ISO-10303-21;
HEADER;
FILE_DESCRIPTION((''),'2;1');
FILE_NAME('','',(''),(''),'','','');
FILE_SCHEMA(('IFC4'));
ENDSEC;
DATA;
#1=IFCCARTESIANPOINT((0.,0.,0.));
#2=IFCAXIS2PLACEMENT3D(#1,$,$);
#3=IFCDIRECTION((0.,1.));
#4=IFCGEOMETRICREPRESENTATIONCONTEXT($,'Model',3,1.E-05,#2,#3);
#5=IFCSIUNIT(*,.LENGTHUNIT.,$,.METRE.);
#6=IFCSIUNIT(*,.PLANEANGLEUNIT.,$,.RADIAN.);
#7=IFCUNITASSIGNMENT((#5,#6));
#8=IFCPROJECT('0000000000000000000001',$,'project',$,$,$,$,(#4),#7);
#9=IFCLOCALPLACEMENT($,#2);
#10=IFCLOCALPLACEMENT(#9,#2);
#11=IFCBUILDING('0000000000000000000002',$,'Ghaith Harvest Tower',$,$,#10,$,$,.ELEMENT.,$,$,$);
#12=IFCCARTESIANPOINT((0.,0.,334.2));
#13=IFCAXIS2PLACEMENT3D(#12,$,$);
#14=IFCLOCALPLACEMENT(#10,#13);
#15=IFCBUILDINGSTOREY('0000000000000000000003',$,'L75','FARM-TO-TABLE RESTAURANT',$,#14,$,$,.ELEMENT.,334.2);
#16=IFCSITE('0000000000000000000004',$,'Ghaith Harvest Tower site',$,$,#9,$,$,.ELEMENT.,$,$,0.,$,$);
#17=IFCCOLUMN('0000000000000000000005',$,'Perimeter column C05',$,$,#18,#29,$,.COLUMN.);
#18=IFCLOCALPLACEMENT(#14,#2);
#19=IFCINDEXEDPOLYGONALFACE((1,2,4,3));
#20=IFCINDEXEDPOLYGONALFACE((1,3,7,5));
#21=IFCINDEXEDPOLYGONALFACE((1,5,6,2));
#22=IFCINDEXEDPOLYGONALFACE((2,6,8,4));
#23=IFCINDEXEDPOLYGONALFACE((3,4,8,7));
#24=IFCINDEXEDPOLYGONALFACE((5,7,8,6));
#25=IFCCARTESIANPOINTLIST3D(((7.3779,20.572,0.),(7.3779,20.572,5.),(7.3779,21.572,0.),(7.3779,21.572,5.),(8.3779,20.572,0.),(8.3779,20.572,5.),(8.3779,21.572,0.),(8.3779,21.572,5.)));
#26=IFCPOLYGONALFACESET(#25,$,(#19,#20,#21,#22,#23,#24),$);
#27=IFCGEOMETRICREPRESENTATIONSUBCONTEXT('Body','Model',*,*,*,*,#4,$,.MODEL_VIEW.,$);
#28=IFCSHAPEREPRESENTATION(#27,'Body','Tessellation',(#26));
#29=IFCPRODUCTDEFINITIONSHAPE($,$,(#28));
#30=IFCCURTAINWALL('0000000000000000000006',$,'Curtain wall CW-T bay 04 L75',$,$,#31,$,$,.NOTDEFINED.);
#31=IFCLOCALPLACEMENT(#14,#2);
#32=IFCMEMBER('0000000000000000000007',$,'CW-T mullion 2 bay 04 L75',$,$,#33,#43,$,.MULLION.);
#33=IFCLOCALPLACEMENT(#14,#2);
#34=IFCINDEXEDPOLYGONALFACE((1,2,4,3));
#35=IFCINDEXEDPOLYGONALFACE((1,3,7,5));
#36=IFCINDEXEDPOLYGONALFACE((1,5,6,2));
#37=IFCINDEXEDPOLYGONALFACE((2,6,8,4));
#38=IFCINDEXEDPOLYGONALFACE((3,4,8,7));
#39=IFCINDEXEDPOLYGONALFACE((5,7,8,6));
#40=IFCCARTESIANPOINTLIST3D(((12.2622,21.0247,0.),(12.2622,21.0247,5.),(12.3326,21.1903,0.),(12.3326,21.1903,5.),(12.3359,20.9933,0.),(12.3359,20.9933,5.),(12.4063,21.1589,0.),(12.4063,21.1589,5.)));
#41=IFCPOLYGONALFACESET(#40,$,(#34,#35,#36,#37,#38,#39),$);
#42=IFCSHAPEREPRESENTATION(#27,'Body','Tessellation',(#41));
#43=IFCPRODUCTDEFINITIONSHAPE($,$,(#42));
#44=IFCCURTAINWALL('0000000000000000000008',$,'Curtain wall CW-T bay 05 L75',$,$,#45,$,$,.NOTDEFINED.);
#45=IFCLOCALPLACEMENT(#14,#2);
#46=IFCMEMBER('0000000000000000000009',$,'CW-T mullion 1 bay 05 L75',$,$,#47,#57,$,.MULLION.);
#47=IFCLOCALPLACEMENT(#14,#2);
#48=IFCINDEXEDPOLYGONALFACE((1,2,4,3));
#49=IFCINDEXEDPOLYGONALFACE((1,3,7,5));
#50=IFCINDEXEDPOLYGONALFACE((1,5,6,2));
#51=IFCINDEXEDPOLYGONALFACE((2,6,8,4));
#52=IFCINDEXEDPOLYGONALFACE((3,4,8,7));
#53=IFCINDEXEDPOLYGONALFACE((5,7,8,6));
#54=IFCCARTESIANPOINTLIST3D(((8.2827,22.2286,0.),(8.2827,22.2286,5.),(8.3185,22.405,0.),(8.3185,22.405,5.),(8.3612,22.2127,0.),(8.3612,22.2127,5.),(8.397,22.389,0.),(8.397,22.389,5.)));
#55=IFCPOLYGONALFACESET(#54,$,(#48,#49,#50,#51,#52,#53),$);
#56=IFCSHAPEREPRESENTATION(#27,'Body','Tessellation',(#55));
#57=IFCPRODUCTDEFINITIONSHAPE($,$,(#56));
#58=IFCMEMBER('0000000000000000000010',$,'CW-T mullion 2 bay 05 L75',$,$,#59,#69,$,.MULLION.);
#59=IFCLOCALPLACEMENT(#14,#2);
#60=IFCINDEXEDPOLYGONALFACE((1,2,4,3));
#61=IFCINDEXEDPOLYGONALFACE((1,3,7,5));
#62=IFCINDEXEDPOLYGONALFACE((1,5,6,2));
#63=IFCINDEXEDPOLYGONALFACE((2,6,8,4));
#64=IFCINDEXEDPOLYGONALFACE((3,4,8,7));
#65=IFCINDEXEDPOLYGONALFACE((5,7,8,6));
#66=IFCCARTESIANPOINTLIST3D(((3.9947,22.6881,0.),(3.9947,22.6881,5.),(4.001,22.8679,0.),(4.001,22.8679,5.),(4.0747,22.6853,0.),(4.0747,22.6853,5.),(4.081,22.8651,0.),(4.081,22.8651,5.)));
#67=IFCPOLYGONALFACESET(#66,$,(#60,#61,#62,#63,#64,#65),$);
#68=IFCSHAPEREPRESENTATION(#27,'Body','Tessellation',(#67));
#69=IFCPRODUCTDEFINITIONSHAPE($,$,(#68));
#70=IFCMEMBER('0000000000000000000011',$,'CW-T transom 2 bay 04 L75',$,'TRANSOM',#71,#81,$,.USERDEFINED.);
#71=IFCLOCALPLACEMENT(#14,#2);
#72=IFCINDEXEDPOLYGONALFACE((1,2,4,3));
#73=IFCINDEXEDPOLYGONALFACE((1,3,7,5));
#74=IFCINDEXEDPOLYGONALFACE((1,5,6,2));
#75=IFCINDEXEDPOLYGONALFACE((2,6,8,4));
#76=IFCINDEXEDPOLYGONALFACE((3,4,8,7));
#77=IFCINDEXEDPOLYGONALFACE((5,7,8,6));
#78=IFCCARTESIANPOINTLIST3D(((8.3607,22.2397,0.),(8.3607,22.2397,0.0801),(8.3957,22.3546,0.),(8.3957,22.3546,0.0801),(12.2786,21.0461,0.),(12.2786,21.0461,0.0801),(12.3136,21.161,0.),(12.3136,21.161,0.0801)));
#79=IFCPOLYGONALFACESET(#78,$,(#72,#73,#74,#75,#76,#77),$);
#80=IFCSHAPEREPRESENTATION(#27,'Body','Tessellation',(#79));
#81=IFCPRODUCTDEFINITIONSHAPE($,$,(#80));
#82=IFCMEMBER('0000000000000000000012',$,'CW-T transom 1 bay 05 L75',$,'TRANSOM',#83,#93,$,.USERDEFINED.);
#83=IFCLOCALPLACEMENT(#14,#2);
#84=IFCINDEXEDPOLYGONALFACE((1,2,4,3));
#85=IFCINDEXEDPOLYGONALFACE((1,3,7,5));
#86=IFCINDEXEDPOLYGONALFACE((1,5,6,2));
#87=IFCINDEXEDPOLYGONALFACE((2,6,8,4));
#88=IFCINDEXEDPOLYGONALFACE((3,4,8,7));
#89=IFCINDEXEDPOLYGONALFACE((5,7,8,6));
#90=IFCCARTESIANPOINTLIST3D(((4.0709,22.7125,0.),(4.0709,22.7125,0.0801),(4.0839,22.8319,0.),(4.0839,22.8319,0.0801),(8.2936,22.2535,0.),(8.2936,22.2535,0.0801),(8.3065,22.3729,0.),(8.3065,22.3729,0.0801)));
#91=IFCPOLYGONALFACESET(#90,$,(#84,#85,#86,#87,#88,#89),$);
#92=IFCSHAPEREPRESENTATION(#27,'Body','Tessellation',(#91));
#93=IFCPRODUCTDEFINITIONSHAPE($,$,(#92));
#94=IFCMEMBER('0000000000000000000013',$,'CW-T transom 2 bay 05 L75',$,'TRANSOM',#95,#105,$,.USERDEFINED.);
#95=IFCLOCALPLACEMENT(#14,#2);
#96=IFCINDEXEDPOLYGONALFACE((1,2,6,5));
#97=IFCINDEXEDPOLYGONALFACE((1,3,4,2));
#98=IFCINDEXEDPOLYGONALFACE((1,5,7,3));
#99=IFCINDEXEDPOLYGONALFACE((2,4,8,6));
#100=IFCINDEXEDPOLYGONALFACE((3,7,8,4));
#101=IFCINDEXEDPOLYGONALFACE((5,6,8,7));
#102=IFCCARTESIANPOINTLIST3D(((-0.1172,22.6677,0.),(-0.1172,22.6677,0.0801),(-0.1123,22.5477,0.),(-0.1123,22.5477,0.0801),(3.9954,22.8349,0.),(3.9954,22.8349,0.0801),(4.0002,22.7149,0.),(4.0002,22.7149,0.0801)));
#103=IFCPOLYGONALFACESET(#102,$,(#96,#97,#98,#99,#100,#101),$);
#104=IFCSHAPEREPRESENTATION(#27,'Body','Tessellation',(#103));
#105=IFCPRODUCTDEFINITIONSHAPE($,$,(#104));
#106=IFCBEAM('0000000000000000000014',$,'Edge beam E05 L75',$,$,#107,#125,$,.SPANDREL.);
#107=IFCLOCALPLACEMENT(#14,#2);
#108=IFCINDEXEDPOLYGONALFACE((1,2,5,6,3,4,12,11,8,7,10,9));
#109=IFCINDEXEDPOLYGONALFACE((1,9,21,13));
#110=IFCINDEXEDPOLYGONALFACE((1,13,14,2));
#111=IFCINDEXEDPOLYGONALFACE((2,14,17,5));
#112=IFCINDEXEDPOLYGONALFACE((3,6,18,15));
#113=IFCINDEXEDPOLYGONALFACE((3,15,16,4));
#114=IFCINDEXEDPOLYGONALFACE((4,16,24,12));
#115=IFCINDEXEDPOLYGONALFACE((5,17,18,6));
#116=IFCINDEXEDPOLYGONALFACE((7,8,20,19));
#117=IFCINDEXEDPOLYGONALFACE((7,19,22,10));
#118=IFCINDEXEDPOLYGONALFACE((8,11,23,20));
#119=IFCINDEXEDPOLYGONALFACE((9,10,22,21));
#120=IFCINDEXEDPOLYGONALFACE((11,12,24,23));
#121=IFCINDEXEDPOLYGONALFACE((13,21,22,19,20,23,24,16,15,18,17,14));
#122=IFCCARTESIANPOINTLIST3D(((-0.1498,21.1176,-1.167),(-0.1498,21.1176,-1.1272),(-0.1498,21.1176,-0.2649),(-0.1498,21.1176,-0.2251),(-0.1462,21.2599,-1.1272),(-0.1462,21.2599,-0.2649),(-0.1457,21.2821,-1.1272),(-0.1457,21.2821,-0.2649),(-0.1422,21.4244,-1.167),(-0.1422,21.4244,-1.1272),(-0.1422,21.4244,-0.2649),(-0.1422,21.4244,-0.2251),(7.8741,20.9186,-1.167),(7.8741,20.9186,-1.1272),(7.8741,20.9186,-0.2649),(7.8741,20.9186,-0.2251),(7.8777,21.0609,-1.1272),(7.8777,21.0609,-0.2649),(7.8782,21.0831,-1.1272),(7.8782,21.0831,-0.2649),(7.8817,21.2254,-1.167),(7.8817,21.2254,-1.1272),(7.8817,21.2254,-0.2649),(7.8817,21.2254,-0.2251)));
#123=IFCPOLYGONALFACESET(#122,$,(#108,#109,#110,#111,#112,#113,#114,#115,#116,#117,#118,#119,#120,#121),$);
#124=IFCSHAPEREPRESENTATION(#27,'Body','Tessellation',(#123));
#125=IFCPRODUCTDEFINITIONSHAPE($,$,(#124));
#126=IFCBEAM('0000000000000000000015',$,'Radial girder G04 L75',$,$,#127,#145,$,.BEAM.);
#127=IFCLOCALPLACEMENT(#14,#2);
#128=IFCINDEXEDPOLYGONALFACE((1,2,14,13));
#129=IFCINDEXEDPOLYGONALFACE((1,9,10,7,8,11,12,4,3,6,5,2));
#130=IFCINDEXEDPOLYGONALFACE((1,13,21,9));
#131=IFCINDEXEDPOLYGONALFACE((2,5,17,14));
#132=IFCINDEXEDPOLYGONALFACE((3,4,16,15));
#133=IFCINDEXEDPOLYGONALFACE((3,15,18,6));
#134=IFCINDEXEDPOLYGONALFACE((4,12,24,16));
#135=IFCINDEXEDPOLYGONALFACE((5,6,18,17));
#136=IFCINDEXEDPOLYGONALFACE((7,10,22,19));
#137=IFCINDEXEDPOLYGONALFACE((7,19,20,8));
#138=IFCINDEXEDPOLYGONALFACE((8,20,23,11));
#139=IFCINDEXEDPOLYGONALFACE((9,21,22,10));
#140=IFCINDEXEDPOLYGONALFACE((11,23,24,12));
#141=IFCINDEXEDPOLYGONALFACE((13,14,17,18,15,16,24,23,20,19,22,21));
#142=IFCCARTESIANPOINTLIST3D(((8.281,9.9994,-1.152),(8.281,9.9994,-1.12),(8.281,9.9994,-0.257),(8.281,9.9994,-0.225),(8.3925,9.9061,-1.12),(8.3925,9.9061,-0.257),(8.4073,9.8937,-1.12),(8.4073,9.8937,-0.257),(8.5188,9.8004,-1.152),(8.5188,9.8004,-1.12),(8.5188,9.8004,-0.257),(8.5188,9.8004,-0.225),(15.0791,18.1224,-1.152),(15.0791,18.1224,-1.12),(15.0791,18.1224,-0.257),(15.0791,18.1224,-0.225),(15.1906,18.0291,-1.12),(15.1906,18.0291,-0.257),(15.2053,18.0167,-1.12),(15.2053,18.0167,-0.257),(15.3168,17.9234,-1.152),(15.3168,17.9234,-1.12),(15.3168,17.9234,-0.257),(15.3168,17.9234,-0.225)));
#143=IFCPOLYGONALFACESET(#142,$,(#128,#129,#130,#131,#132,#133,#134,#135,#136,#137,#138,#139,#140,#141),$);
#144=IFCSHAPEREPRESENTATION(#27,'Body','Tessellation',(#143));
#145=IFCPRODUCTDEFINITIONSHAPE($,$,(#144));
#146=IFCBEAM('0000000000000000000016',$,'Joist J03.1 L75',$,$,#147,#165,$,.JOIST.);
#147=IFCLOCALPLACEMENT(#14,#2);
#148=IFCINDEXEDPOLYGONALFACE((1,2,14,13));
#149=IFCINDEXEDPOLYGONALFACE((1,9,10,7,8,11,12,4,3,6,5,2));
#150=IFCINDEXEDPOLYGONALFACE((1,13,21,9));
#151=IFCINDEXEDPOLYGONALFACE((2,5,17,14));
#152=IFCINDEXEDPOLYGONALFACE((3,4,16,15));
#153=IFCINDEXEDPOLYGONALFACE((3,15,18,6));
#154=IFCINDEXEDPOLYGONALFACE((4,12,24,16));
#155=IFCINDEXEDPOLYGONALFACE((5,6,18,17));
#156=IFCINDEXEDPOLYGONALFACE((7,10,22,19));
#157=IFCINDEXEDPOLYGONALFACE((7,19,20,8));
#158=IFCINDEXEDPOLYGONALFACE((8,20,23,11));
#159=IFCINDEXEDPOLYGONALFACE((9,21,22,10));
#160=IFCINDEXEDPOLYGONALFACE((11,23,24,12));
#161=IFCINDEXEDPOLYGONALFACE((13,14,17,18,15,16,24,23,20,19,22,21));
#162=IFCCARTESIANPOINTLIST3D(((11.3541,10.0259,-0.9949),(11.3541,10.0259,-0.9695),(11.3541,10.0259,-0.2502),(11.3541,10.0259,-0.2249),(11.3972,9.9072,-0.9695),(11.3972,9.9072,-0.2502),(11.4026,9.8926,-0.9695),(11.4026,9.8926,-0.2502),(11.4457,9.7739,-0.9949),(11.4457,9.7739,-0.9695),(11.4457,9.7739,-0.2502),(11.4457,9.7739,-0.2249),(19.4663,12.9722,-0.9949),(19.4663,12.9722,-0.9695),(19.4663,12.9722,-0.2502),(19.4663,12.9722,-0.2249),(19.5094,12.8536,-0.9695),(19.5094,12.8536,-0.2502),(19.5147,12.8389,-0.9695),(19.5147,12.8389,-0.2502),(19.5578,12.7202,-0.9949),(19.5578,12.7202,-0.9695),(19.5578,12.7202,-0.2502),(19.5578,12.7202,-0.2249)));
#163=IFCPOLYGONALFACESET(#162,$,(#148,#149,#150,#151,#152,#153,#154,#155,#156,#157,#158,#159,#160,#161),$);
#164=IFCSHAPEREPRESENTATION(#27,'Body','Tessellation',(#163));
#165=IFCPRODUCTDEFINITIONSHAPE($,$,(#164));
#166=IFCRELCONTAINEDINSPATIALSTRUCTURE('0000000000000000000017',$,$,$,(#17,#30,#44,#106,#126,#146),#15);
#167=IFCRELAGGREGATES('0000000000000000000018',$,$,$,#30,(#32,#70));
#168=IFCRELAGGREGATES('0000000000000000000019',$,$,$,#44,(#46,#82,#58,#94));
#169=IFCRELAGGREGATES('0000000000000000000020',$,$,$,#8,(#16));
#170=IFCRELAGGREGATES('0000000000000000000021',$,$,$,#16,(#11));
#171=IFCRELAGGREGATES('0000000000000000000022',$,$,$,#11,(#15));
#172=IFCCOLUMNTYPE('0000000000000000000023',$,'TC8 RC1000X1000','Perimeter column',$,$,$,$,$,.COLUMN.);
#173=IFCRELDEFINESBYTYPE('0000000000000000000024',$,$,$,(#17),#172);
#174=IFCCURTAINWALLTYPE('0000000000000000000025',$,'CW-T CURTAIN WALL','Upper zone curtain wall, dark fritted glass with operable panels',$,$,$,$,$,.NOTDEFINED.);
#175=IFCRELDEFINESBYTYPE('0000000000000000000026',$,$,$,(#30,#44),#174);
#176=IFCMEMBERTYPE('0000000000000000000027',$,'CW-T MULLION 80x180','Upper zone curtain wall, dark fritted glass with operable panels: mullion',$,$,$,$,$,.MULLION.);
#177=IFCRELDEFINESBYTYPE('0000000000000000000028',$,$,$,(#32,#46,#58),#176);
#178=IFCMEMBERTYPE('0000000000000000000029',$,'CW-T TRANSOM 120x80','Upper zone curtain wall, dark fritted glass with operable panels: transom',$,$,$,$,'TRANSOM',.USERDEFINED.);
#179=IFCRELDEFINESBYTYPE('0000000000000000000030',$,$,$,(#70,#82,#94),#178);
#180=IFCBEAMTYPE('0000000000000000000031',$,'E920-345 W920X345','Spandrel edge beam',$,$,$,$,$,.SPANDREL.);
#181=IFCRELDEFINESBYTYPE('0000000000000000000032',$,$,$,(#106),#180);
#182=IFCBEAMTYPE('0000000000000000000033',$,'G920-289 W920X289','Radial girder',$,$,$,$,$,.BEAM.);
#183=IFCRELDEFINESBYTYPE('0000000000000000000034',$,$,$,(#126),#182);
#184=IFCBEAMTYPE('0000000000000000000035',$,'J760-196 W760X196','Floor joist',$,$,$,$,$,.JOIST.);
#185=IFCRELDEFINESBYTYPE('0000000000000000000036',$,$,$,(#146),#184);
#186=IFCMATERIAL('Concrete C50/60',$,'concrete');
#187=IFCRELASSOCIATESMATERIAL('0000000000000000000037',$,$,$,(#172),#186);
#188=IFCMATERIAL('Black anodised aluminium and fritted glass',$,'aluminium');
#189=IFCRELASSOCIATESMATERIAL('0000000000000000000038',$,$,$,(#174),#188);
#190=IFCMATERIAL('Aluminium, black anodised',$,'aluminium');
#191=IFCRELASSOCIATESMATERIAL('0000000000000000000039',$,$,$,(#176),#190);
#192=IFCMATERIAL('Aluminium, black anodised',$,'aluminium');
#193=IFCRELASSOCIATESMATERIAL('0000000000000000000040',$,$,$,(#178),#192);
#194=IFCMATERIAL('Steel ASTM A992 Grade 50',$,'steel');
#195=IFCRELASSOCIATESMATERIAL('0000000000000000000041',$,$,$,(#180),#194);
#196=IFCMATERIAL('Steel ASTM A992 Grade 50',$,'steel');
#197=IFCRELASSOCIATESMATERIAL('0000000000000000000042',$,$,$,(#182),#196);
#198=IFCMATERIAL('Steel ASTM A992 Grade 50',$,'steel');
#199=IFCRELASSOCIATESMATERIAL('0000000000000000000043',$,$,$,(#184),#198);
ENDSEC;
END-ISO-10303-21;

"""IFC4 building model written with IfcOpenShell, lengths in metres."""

from ifc_helpers import new_model, si_unit, direction, frame, origin, origin_2d, place, context, subcontext, project, spatial, rectangle, i_section, extrude, material, material_profile, profile_set, type_object, element, aggregate, save


model = new_model("IFC4")

# Units and contexts
model_context = context("Model", 3, precision=1e-05, world=origin(), true_north=direction((0.0, 1.0)))
body_context = subcontext(model_context, "Body", "Model", "MODEL_VIEW")
ifc_project = project(units=[si_unit("LENGTHUNIT", "METRE"), si_unit("PLANEANGLEUNIT", "RADIAN")], contexts=[model_context])

# Site, building, storey
site_placement = place(None, origin())
site = spatial("IfcSite", under=ifc_project, at=site_placement, Name="Ghaith Harvest Tower site", CompositionType="ELEMENT", RefElevation=0.0)
building_placement = place(site_placement, origin())
building = spatial("IfcBuilding", under=site, at=building_placement, Name="Ghaith Harvest Tower", CompositionType="ELEMENT")
storey_placement = place(building_placement, frame((0.0, 0.0, 334.2)))
storey = spatial("IfcBuildingStorey", under=building, at=storey_placement, Name="L75", Description="FARM-TO-TABLE RESTAURANT", CompositionType="ELEMENT", Elevation=334.2)

# Column
ifc_material_1 = material(Name="Concrete C50/60", Category="concrete")
ifc_material_profile_1 = material_profile(ifc_material_1, rectangle(XDim=1.0, YDim=1.0, at=origin_2d()), Name="RC1000X1000")
ifc_profile_set_1 = profile_set([ifc_material_profile_1], Name="Concrete C50/60")
column_type = type_object("IfcColumnType", Name="TC8 RC1000X1000", Description="Perimeter column", PredefinedType="COLUMN", material=ifc_profile_set_1)
column_placement = place(storey_placement, frame((7.8779, 21.072, 0.0), z_axis=(0.0, 0.0, 1.0), x_axis=(1.0, 0.0, 0.0)))
element("IfcColumn", 1, at=column_placement, inside=storey, type_object=column_type, Name="Perimeter column C05", PredefinedType="COLUMN", context=body_context, shape_type="SweptSolid", body=[
    extrude(rectangle(XDim=1.0, YDim=1.0, at=origin_2d()), origin(), (0.0, 0.0, 1.0), 5.0),
])

# Curtain wall, member
ifc_material_2 = material(Name="Black anodised aluminium and fritted glass", Category="aluminium")
curtain_wall_type = type_object("IfcCurtainWallType", Name="CW-T CURTAIN WALL", Description="Upper zone curtain wall, dark fritted glass with operable panels", PredefinedType="NOTDEFINED", material=ifc_material_2)
curtain_wall_1_placement = place(storey_placement, origin())
curtain_wall_1 = element("IfcCurtainWall", 2, at=curtain_wall_1_placement, inside=storey, type_object=curtain_wall_type, Name="Curtain wall CW-T bay 04 L75", PredefinedType="NOTDEFINED")
ifc_material_3 = material(Name="Aluminium, black anodised", Category="aluminium")
ifc_material_profile_2 = material_profile(ifc_material_3, rectangle(XDim=0.0801, YDim=0.1799, at=origin_2d()), Name="CW-T MULLION 80x180")
ifc_profile_set_2 = profile_set([ifc_material_profile_2], Name="Aluminium, black anodised")
member_type_1 = type_object("IfcMemberType", Name="CW-T MULLION 80x180", Description="Upper zone curtain wall, dark fritted glass with operable panels: mullion", PredefinedType="MULLION", material=ifc_profile_set_2)
member_1_placement = place(storey_placement, frame((12.3342, 21.0918, 0.0), z_axis=(0.0, 0.0, 1.0), x_axis=(-0.920319, 0.391168, 0.0)))
member_1 = element("IfcMember", 3, at=member_1_placement, type_object=member_type_1, Name="CW-T mullion 2 bay 04 L75", PredefinedType="MULLION", context=body_context, shape_type="SweptSolid", body=[
    extrude(rectangle(XDim=0.0801, YDim=0.1799, at=origin_2d()), origin(), (0.0, 0.0, 1.0), 5.0),
])

# Curtain wall, members
curtain_wall_2_placement = place(storey_placement, origin())
curtain_wall_2 = element("IfcCurtainWall", 4, at=curtain_wall_2_placement, inside=storey, type_object=curtain_wall_type, Name="Curtain wall CW-T bay 05 L75", PredefinedType="NOTDEFINED")
member_2_placement = place(storey_placement, frame((8.3398, 22.3088, 0.0), z_axis=(0.0, 0.0, 1.0), x_axis=(-0.98, 0.198997, 0.0)))
member_2 = element("IfcMember", 5, at=member_2_placement, type_object=member_type_1, Name="CW-T mullion 1 bay 05 L75", PredefinedType="MULLION", context=body_context, shape_type="SweptSolid", body=[
    extrude(rectangle(XDim=0.0801, YDim=0.1799, at=origin_2d()), origin(), (0.0, 0.0, 1.0), 5.0),
])
member_3_placement = place(storey_placement, frame((4.0378, 22.7766, 0.0), z_axis=(0.0, 0.0, 1.0), x_axis=(-0.999389, 0.034962, 0.0)))
member_3 = element("IfcMember", 6, at=member_3_placement, type_object=member_type_1, Name="CW-T mullion 2 bay 05 L75", PredefinedType="MULLION", context=body_context, shape_type="SweptSolid", body=[
    extrude(rectangle(XDim=0.0801, YDim=0.1799, at=origin_2d()), origin(), (0.0, 0.0, 1.0), 5.0),
])

# Members
ifc_material_4 = material(Name="Aluminium, black anodised", Category="aluminium")
ifc_material_profile_3 = material_profile(ifc_material_4, rectangle(XDim=0.1201, YDim=0.0801, at=origin_2d()), Name="CW-T TRANSOM 120x80")
ifc_profile_set_3 = profile_set([ifc_material_profile_3], Name="Aluminium, black anodised")
member_type_2 = type_object("IfcMemberType", Name="CW-T TRANSOM 120x80", Description="Upper zone curtain wall, dark fritted glass with operable panels: transom", ElementType="TRANSOM", PredefinedType="USERDEFINED", material=ifc_profile_set_3)
member_4_placement = place(storey_placement, frame((12.2961, 21.1035, 0.04), z_axis=(-0.956594, 0.291425, 0.0), x_axis=(-0.291425, -0.956594, 0.0)))
member_4 = element("IfcMember", 7, at=member_4_placement, type_object=member_type_2, Name="CW-T transom 2 bay 04 L75", ObjectType="TRANSOM", PredefinedType="USERDEFINED", context=body_context, shape_type="SweptSolid", body=[
    extrude(rectangle(XDim=0.1201, YDim=0.0801, at=origin_2d()), origin(), (0.0, 0.0, 1.0), 4.0957),
])
member_5_placement = place(storey_placement, frame((8.3, 22.3132, 0.04), z_axis=(-0.994144, 0.108059, 0.0), x_axis=(-0.108059, -0.994144, 0.0)))
member_5 = element("IfcMember", 8, at=member_5_placement, type_object=member_type_2, Name="CW-T transom 1 bay 05 L75", ObjectType="TRANSOM", PredefinedType="USERDEFINED", context=body_context, shape_type="SweptSolid", body=[
    extrude(rectangle(XDim=0.1201, YDim=0.0801, at=origin_2d()), origin(), (0.0, 0.0, 1.0), 4.2476),
])
member_6_placement = place(storey_placement, frame((3.9978, 22.7749, 0.04), z_axis=(-0.999174, -0.040631, 0.0), x_axis=(0.040631, -0.999174, 0.0)))
member_6 = element("IfcMember", 9, at=member_6_placement, type_object=member_type_2, Name="CW-T transom 2 bay 05 L75", ObjectType="TRANSOM", PredefinedType="USERDEFINED", context=body_context, shape_type="SweptSolid", body=[
    extrude(rectangle(XDim=0.1201, YDim=0.0801, at=origin_2d()), origin(), (0.0, 0.0, 1.0), 4.116),
])

# Beams
ifc_material_5 = material(Name="Steel ASTM A992 Grade 50", Category="steel")
ifc_material_profile_4 = material_profile(ifc_material_5, i_section(OverallWidth=0.3069, OverallDepth=0.9419, WebThickness=0.0222, FlangeThickness=0.0398, at=origin_2d()), Name="W920X345")
ifc_profile_set_4 = profile_set([ifc_material_profile_4], Name="Steel ASTM A992 Grade 50")
beam_type_1 = type_object("IfcBeamType", Name="E920-345 W920X345", Description="Spandrel edge beam", PredefinedType="SPANDREL", material=ifc_profile_set_4)
beam_1_placement = place(storey_placement, frame((7.8779, 21.072, -0.696), z_axis=(-0.999693, 0.02479, 0.0), x_axis=(-0.02479, -0.999693, 0.0)))
element("IfcBeam", 10, at=beam_1_placement, inside=storey, type_object=beam_type_1, Name="Edge beam E05 L75", PredefinedType="SPANDREL", context=body_context, shape_type="SweptSolid", body=[
    extrude(i_section(OverallWidth=0.3069, OverallDepth=0.9419, WebThickness=0.0222, FlangeThickness=0.0398, at=origin_2d()), origin(), (0.0, 0.0, 1.0), 8.0264),
])
ifc_material_6 = material(Name="Steel ASTM A992 Grade 50", Category="steel")
ifc_material_profile_5 = material_profile(ifc_material_6, i_section(OverallWidth=0.3101, OverallDepth=0.927, WebThickness=0.0193, FlangeThickness=0.032, at=origin_2d()), Name="W920X289")
ifc_profile_set_5 = profile_set([ifc_material_profile_5], Name="Steel ASTM A992 Grade 50")
beam_type_2 = type_object("IfcBeamType", Name="G920-289 W920X289", Description="Radial girder", PredefinedType="BEAM", material=ifc_profile_set_5)
beam_2_placement = place(storey_placement, frame((8.3999, 9.8999, -0.6885), z_axis=(0.641793, 0.766878, 0.0), x_axis=(-0.766878, 0.641793, 0.0)))
element("IfcBeam", 11, at=beam_2_placement, inside=storey, type_object=beam_type_2, Name="Radial girder G04 L75", PredefinedType="BEAM", context=body_context, shape_type="SweptSolid", body=[
    extrude(i_section(OverallWidth=0.3101, OverallDepth=0.927, WebThickness=0.0193, FlangeThickness=0.032, at=origin_2d()), origin(), (0.0, 0.0, 1.0), 10.5923),
])
ifc_material_7 = material(Name="Steel ASTM A992 Grade 50", Category="steel")
ifc_material_profile_6 = material_profile(ifc_material_7, i_section(OverallWidth=0.2681, OverallDepth=0.77, WebThickness=0.0156, FlangeThickness=0.0254, at=origin_2d()), Name="W760X196")
ifc_profile_set_6 = profile_set([ifc_material_profile_6], Name="Steel ASTM A992 Grade 50")
beam_type_3 = type_object("IfcBeamType", Name="J760-196 W760X196", Description="Floor joist", PredefinedType="JOIST", material=ifc_profile_set_6)
beam_3_placement = place(storey_placement, frame((11.3999, 9.8999, -0.6099), z_axis=(0.939926, 0.34138, 0.0), x_axis=(-0.34138, 0.939926, 0.0)))
element("IfcBeam", 12, at=beam_3_placement, inside=storey, type_object=beam_type_3, Name="Joist J03.1 L75", PredefinedType="JOIST", context=body_context, shape_type="SweptSolid", body=[
    extrude(i_section(OverallWidth=0.2681, OverallDepth=0.77, WebThickness=0.0156, FlangeThickness=0.0254, at=origin_2d()), origin(), (0.0, 0.0, 1.0), 8.6306),
])

aggregate(curtain_wall_1, [member_1, member_4])
aggregate(curtain_wall_2, [member_2, member_5, member_3, member_6])

save(model, "model.ifc")
